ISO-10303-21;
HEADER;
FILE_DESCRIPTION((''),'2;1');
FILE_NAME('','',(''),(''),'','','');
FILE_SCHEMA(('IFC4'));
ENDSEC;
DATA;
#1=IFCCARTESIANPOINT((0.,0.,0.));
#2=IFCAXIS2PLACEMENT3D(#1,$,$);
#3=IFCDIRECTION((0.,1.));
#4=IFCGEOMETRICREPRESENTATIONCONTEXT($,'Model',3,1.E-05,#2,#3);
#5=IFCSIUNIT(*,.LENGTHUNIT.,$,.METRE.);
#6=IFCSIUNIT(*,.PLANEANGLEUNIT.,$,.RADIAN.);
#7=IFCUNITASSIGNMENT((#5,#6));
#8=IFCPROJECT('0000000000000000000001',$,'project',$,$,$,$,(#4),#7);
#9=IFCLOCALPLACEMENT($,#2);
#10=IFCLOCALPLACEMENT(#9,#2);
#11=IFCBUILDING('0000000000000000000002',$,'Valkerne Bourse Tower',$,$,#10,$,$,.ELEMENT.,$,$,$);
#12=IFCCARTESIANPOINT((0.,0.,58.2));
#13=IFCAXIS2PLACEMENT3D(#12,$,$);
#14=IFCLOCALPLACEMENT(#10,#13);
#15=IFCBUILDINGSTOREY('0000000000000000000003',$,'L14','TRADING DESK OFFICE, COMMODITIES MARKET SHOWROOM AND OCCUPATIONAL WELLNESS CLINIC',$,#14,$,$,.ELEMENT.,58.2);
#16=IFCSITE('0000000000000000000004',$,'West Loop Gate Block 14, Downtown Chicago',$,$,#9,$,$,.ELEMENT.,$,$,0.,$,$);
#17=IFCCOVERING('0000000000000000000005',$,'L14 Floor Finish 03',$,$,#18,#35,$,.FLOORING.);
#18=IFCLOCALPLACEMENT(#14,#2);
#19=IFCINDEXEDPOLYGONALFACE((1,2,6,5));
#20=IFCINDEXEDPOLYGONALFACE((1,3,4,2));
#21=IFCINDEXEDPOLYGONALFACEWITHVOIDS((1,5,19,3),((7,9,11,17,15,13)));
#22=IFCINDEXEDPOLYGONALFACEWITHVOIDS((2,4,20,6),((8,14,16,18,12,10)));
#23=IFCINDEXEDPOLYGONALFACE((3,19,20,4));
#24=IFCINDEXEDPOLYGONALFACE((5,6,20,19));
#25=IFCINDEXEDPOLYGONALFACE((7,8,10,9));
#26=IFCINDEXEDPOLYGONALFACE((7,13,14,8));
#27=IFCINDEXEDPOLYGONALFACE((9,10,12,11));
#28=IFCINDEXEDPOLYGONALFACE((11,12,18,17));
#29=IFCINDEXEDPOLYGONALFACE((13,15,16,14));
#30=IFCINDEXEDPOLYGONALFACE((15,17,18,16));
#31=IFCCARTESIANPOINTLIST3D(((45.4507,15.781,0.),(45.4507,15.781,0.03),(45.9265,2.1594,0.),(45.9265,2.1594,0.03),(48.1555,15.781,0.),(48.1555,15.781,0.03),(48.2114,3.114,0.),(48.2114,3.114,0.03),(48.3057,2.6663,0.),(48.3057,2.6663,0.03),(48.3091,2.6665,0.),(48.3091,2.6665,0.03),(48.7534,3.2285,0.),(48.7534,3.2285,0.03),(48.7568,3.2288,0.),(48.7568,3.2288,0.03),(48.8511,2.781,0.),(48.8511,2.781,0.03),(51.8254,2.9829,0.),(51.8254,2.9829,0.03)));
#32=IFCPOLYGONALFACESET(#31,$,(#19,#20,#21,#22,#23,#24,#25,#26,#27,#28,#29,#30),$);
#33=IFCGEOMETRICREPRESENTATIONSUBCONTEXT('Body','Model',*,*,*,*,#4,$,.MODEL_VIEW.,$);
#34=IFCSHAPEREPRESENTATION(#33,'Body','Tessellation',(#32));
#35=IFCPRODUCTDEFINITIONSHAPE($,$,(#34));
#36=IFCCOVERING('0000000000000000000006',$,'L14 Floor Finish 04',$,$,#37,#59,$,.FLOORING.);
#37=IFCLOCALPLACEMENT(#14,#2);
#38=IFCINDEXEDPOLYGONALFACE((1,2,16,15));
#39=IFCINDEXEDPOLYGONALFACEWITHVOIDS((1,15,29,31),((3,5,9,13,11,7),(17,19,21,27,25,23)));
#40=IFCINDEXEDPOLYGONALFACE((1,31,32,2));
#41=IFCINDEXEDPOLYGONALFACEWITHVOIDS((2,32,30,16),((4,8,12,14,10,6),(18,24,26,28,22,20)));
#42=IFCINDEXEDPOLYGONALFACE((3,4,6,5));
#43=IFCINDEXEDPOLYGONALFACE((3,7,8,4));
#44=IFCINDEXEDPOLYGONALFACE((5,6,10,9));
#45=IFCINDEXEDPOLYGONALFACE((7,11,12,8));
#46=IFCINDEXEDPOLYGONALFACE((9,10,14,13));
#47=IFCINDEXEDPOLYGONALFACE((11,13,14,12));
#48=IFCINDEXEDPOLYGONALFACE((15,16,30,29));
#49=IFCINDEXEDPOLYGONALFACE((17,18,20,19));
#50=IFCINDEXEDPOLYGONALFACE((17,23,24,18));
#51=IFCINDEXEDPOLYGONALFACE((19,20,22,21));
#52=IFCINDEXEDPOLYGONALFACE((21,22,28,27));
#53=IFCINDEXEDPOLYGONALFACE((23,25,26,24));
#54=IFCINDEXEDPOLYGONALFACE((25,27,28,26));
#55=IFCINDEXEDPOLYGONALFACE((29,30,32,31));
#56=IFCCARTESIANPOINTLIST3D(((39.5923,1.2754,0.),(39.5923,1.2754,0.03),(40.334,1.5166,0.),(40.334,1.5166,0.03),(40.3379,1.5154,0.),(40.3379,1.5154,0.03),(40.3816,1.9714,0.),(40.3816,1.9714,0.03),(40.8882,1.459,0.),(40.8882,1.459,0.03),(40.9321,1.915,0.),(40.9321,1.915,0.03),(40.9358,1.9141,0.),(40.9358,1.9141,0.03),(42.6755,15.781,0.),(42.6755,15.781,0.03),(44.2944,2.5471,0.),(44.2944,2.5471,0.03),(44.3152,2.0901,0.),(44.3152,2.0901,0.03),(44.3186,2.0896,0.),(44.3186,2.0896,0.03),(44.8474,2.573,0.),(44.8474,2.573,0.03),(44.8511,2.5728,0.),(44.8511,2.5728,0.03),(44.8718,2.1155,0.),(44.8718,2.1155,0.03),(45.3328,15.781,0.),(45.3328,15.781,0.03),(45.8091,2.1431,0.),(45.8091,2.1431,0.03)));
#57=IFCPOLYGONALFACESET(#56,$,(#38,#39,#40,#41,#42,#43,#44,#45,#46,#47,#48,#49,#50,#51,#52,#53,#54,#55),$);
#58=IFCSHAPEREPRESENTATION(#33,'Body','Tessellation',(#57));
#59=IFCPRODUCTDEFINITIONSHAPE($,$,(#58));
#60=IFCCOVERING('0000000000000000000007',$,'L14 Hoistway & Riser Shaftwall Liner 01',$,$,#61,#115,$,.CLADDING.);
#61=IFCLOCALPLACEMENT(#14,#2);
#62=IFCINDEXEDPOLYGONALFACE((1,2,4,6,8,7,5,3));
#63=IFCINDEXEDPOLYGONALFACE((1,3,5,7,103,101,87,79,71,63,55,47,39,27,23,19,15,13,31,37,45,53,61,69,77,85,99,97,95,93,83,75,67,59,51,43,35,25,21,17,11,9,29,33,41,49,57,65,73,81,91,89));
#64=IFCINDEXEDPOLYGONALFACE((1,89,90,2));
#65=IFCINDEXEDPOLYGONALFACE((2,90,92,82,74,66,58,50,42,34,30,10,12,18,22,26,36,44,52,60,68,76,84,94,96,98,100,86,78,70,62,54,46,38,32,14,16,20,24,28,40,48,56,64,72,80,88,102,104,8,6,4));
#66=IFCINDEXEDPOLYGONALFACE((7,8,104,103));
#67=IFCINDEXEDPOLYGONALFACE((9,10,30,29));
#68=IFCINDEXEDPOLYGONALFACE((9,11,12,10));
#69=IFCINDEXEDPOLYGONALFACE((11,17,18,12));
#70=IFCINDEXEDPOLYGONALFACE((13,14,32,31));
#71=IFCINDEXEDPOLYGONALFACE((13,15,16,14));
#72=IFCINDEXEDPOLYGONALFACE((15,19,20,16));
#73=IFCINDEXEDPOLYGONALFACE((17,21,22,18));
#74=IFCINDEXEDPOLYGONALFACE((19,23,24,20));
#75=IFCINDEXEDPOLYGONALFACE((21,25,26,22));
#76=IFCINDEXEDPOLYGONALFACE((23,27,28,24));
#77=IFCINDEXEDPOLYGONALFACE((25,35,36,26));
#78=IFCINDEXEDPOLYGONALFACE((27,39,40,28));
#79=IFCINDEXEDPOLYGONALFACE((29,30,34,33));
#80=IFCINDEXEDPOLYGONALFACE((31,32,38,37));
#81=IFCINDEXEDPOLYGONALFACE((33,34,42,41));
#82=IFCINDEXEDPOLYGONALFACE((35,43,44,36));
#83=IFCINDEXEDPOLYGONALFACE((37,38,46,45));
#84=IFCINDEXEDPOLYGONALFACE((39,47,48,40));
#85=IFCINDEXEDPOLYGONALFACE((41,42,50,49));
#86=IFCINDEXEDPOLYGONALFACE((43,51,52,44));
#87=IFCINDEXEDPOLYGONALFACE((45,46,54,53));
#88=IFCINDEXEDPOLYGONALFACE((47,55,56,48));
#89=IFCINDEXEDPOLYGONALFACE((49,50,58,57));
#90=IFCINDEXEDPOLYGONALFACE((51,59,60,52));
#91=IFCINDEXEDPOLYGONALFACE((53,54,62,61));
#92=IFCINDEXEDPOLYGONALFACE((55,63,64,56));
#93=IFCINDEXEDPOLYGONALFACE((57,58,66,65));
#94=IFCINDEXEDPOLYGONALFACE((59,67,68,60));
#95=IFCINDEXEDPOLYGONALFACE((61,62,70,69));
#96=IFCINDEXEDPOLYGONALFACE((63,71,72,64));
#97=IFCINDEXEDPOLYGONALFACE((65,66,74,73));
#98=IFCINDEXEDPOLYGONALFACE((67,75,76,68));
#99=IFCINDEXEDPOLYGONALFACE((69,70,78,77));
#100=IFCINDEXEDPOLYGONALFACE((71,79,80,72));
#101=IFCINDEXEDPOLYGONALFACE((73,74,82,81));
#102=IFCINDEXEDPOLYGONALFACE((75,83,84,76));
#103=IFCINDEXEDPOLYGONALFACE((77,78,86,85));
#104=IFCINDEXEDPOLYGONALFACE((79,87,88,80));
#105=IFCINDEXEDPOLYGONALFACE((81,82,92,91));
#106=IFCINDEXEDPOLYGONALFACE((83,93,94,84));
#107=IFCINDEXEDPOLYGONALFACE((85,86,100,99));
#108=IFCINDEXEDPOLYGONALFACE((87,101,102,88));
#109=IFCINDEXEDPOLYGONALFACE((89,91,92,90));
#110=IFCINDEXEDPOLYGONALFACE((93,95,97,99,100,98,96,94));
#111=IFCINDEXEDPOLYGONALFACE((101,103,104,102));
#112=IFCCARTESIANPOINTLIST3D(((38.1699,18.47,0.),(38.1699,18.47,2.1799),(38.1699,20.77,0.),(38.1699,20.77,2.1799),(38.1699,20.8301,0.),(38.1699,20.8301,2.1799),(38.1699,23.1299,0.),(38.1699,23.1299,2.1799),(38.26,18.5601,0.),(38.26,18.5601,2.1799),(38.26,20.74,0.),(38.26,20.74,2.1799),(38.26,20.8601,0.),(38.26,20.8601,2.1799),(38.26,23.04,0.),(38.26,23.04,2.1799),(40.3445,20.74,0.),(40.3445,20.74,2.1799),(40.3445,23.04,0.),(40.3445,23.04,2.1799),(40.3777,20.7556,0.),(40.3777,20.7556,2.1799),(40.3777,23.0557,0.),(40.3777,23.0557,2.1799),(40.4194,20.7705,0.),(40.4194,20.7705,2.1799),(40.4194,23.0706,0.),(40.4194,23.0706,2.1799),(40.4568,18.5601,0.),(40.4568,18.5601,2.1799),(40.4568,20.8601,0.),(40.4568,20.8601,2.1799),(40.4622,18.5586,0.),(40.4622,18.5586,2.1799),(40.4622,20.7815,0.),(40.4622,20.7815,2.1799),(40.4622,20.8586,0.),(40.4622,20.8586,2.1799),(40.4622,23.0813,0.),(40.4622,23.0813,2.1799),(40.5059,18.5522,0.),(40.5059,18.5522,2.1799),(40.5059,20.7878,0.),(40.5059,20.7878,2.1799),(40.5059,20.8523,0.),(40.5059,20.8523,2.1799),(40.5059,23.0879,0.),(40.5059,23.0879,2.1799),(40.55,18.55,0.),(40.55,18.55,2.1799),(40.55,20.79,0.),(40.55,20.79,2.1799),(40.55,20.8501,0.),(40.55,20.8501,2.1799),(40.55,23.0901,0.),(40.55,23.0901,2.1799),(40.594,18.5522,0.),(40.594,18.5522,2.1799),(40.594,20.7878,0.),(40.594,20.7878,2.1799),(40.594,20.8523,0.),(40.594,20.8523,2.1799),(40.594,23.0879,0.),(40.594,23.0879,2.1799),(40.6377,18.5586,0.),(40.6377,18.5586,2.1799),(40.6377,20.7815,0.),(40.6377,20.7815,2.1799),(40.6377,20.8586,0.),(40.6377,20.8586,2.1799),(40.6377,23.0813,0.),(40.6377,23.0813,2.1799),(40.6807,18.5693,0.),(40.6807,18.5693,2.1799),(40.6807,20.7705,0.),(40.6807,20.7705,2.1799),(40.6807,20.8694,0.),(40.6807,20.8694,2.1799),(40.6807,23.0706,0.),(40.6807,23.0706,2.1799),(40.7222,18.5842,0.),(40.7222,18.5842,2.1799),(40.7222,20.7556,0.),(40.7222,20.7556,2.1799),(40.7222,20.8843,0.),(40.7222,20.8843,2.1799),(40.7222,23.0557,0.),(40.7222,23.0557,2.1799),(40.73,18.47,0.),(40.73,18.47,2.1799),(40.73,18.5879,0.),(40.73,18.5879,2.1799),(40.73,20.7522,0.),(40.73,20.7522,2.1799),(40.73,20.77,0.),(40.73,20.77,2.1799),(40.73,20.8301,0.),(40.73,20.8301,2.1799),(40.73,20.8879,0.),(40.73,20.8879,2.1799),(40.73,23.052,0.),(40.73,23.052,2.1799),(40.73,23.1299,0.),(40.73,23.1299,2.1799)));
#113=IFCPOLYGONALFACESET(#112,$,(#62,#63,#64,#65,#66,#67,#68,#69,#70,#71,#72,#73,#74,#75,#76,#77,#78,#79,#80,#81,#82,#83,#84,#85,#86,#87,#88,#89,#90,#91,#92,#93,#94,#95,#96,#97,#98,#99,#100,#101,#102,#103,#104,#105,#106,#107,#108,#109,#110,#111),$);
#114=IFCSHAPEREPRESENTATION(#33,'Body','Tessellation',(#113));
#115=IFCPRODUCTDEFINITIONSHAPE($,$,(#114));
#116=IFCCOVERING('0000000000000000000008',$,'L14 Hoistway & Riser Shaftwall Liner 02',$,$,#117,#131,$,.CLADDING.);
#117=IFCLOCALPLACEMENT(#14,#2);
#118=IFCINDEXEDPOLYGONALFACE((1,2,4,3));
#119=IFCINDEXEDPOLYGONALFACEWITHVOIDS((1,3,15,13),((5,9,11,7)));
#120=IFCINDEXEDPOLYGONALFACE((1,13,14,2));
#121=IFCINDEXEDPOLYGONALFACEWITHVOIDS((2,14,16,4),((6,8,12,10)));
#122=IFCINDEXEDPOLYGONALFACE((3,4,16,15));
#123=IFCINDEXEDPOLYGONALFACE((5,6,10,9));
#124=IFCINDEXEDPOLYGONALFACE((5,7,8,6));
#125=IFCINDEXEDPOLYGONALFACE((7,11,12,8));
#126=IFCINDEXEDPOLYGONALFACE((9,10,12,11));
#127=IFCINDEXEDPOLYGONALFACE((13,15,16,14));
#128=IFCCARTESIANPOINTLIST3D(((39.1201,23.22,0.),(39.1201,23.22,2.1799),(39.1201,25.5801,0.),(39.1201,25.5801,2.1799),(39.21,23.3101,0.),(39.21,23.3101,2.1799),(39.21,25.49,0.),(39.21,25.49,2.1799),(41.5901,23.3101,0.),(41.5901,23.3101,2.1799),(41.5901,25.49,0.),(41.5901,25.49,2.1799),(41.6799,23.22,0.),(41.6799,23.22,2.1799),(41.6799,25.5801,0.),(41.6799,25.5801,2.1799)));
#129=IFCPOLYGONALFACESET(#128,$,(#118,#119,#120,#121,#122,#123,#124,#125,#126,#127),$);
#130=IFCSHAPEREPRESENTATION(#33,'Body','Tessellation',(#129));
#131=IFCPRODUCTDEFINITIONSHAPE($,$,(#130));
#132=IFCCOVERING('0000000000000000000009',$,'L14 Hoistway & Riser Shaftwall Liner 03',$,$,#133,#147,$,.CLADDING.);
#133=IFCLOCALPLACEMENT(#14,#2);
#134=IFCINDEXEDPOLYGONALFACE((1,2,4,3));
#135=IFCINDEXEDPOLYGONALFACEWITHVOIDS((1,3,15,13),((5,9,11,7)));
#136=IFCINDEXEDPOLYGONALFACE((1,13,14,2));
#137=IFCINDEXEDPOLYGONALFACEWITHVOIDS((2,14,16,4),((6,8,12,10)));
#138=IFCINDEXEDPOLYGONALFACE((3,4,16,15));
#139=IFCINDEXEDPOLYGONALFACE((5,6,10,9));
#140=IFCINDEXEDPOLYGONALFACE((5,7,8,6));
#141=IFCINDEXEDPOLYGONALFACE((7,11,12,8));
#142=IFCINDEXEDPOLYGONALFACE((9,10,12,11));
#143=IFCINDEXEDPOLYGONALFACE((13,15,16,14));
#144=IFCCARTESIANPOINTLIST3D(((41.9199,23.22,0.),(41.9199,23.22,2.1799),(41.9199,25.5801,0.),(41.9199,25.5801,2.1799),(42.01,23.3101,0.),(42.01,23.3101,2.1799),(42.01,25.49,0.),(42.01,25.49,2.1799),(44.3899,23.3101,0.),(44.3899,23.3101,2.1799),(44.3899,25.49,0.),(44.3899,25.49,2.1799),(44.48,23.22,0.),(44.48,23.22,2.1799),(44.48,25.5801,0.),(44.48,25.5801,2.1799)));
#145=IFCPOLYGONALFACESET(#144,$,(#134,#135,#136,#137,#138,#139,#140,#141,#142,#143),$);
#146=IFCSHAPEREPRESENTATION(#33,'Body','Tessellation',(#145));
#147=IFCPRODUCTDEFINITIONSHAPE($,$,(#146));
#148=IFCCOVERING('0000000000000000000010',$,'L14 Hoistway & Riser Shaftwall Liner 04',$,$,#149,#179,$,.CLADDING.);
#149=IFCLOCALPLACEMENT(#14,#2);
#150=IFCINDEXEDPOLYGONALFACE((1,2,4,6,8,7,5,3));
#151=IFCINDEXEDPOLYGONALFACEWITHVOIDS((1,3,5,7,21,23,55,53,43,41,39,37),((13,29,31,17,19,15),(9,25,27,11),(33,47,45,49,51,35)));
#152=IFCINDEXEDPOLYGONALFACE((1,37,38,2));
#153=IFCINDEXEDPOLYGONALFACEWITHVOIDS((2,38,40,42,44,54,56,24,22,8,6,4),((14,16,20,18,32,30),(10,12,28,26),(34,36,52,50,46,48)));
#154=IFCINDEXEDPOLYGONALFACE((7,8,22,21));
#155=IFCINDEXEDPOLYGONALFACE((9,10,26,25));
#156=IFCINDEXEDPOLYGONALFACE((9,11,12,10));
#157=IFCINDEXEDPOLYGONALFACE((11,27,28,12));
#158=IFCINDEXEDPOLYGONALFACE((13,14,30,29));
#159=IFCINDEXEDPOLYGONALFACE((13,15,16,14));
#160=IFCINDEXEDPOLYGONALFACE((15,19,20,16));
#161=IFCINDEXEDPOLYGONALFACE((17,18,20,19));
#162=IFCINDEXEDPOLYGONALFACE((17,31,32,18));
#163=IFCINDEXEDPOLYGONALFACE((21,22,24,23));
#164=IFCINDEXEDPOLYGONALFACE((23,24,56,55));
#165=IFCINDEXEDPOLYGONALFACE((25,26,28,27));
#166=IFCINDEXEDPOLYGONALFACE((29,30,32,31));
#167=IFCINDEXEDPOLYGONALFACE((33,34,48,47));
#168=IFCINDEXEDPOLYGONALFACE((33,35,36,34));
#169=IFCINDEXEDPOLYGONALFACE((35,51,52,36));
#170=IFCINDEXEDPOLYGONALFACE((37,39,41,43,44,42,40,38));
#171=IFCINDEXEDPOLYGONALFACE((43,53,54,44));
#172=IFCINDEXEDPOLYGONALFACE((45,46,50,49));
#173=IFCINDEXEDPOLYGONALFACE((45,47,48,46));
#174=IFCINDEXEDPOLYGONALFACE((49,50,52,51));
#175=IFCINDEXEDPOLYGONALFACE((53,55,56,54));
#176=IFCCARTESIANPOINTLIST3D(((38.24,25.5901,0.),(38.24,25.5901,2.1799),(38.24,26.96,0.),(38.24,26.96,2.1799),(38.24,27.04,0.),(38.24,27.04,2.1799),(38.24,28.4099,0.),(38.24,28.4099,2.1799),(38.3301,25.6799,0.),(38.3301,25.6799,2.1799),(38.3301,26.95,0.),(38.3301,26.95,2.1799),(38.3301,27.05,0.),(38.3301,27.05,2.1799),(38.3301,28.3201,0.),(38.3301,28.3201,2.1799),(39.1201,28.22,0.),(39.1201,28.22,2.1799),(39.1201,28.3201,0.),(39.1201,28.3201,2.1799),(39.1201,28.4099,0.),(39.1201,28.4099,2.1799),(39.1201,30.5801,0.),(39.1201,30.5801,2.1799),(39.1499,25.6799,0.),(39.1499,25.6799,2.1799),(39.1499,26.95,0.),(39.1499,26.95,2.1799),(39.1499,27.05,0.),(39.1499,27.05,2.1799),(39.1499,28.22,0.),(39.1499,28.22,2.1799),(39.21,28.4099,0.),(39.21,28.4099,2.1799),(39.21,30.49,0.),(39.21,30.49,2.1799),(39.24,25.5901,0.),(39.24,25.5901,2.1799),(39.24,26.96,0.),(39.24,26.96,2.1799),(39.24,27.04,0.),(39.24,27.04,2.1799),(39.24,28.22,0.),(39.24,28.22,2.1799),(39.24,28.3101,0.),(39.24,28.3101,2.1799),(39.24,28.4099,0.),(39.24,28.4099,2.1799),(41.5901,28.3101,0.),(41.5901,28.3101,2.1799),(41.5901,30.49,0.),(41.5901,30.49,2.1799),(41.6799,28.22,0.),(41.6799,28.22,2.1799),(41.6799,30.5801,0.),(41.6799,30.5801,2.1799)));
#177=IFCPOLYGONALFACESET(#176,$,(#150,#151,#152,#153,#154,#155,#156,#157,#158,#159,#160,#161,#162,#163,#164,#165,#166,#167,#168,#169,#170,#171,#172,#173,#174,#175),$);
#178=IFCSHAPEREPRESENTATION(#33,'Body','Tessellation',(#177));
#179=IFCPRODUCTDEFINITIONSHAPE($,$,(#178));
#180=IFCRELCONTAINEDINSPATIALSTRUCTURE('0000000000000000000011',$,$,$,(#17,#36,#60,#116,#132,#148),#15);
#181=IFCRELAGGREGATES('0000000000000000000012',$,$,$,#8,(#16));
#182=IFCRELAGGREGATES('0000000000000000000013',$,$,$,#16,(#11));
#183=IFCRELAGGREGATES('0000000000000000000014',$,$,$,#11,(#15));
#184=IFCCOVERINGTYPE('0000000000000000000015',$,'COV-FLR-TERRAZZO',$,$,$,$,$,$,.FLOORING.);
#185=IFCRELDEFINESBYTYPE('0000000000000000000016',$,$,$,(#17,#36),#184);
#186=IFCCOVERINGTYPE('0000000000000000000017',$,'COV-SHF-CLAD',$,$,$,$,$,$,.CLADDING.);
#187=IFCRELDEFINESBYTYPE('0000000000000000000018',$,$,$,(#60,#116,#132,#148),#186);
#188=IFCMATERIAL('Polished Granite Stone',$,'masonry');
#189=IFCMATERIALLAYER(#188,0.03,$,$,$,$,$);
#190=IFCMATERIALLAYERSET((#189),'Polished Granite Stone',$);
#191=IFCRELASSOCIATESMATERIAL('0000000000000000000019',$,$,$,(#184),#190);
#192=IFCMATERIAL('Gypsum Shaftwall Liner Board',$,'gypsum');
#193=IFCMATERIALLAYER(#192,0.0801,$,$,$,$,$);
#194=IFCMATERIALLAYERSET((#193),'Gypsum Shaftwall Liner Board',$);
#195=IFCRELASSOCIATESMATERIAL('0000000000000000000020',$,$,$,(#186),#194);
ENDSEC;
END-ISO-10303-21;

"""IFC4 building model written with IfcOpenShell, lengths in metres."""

from ifc_helpers import new_model, si_unit, direction, frame, origin, place, context, subcontext, project, spatial, polyline, outline, extrude, material, layer, layer_set, type_object, element, save


model = new_model("IFC4")

# Units and contexts
model_context = context("Model", 3, precision=1e-05, world=origin(), true_north=direction((0.0, 1.0)))
body_context = subcontext(model_context, "Body", "Model", "MODEL_VIEW")
ifc_project = project(units=[si_unit("LENGTHUNIT", "METRE"), si_unit("PLANEANGLEUNIT", "RADIAN")], contexts=[model_context])

# Site, building, storey
site_placement = place(None, origin())
site = spatial("IfcSite", under=ifc_project, at=site_placement, Name="West Loop Gate Block 14, Downtown Chicago", CompositionType="ELEMENT", RefElevation=0.0)
building_placement = place(site_placement, origin())
building = spatial("IfcBuilding", under=site, at=building_placement, Name="Valkerne Bourse Tower", CompositionType="ELEMENT")
storey_placement = place(building_placement, frame((0.0, 0.0, 58.2)))
storey = spatial("IfcBuildingStorey", under=building, at=storey_placement, Name="L14", Description="TRADING DESK OFFICE, COMMODITIES MARKET SHOWROOM AND OCCUPATIONAL WELLNESS CLINIC", CompositionType="ELEMENT", Elevation=58.2)

# Coverings
ifc_material_1 = material(Name="Polished Granite Stone", Category="masonry")
ifc_layer_1 = layer(ifc_material_1, 0.03)
ifc_layer_set_1 = layer_set([ifc_layer_1], Name="Polished Granite Stone")
covering_type_1 = type_object("IfcCoveringType", Name="COV-FLR-TERRAZZO", PredefinedType="FLOORING", material=ifc_layer_set_1)
covering_1_placement = place(storey_placement, origin())
element("IfcCovering", 1, at=covering_1_placement, inside=storey, type_object=covering_type_1, Name="L14 Floor Finish 03", PredefinedType="FLOORING", context=body_context, shape_type="SweptSolid", body=[
    extrude(outline(polyline([(48.1555, 15.781), (51.8254, 2.9829), (45.9265, 2.1594), (45.4507, 15.781), (48.1555, 15.781)]), holes=[polyline([(48.3091, 2.6665), (48.8511, 2.781), (48.7568, 3.2288), (48.7534, 3.2285), (48.2114, 3.114), (48.3057, 2.6663), (48.3091, 2.6665)])]), origin(), (0.0, 0.0, 1.0), 0.03),
])
covering_2_placement = place(storey_placement, origin())
element("IfcCovering", 2, at=covering_2_placement, inside=storey, type_object=covering_type_1, Name="L14 Floor Finish 04", PredefinedType="FLOORING", context=body_context, shape_type="SweptSolid", body=[
    extrude(outline(polyline([(45.3328, 15.781), (45.8091, 2.1431), (39.5923, 1.2754), (42.6755, 15.781), (45.3328, 15.781)]), holes=[polyline([(40.9358, 1.9141), (40.9321, 1.915), (40.3816, 1.9714), (40.334, 1.5166), (40.3379, 1.5154), (40.8882, 1.459), (40.9358, 1.9141)]), polyline([(44.8511, 2.5728), (44.8474, 2.573), (44.2944, 2.5471), (44.3152, 2.0901), (44.3186, 2.0896), (44.8718, 2.1155), (44.8511, 2.5728)])]), origin(), (0.0, 0.0, 1.0), 0.03),
])
ifc_material_2 = material(Name="Gypsum Shaftwall Liner Board", Category="gypsum")
ifc_layer_2 = layer(ifc_material_2, 0.0801)
ifc_layer_set_2 = layer_set([ifc_layer_2], Name="Gypsum Shaftwall Liner Board")
covering_type_2 = type_object("IfcCoveringType", Name="COV-SHF-CLAD", PredefinedType="CLADDING", material=ifc_layer_set_2)
covering_3_placement = place(storey_placement, origin())
element("IfcCovering", 3, at=covering_3_placement, inside=storey, type_object=covering_type_2, Name="L14 Hoistway & Riser Shaftwall Liner 01", PredefinedType="CLADDING", context=body_context, shape_type="SweptSolid", body=[
    extrude(outline(polyline([(38.1699, 23.1299), (40.73, 23.1299), (40.73, 23.052), (40.7222, 23.0557), (40.6807, 23.0706), (40.6377, 23.0813), (40.594, 23.0879), (40.55, 23.0901), (40.5059, 23.0879), (40.4622, 23.0813), (40.4194, 23.0706), (40.3777, 23.0557), (40.3445, 23.04), (38.26, 23.04), (38.26, 20.8601), (40.4568, 20.8601), (40.4622, 20.8586), (40.5059, 20.8523), (40.55, 20.8501), (40.594, 20.8523), (40.6377, 20.8586), (40.6807, 20.8694), (40.7222, 20.8843), (40.73, 20.8879), (40.73, 20.8301), (40.73, 20.77), (40.73, 20.7522), (40.7222, 20.7556), (40.6807, 20.7705), (40.6377, 20.7815), (40.594, 20.7878), (40.55, 20.79), (40.5059, 20.7878), (40.4622, 20.7815), (40.4194, 20.7705), (40.3777, 20.7556), (40.3445, 20.74), (38.26, 20.74), (38.26, 18.5601), (40.4568, 18.5601), (40.4622, 18.5586), (40.5059, 18.5522), (40.55, 18.55), (40.594, 18.5522), (40.6377, 18.5586), (40.6807, 18.5693), (40.7222, 18.5842), (40.73, 18.5879), (40.73, 18.47), (38.1699, 18.47), (38.1699, 20.77), (38.1699, 20.8301), (38.1699, 23.1299)])), origin(), (0.0, 0.0, 1.0), 2.1799),
])
covering_4_placement = place(storey_placement, origin())
element("IfcCovering", 4, at=covering_4_placement, inside=storey, type_object=covering_type_2, Name="L14 Hoistway & Riser Shaftwall Liner 02", PredefinedType="CLADDING", context=body_context, shape_type="SweptSolid", body=[
    extrude(outline(polyline([(41.6799, 23.22), (39.1201, 23.22), (39.1201, 25.5801), (41.6799, 25.5801), (41.6799, 23.22)]), holes=[polyline([(39.21, 25.49), (39.21, 23.3101), (41.5901, 23.3101), (41.5901, 25.49), (39.21, 25.49)])]), origin(), (0.0, 0.0, 1.0), 2.1799),
])
covering_5_placement = place(storey_placement, origin())
element("IfcCovering", 5, at=covering_5_placement, inside=storey, type_object=covering_type_2, Name="L14 Hoistway & Riser Shaftwall Liner 03", PredefinedType="CLADDING", context=body_context, shape_type="SweptSolid", body=[
    extrude(outline(polyline([(44.48, 23.22), (41.9199, 23.22), (41.9199, 25.5801), (44.48, 25.5801), (44.48, 23.22)]), holes=[polyline([(42.01, 25.49), (42.01, 23.3101), (44.3899, 23.3101), (44.3899, 25.49), (42.01, 25.49)])]), origin(), (0.0, 0.0, 1.0), 2.1799),
])
covering_6_placement = place(storey_placement, origin())
element("IfcCovering", 6, at=covering_6_placement, inside=storey, type_object=covering_type_2, Name="L14 Hoistway & Riser Shaftwall Liner 04", PredefinedType="CLADDING", context=body_context, shape_type="SweptSolid", body=[
    extrude(outline(polyline([(38.24, 28.4099), (39.1201, 28.4099), (39.1201, 30.5801), (41.6799, 30.5801), (41.6799, 28.22), (39.24, 28.22), (39.24, 27.04), (39.24, 26.96), (39.24, 25.5901), (38.24, 25.5901), (38.24, 26.96), (38.24, 27.04), (38.24, 28.4099)]), holes=[polyline([(39.21, 30.49), (39.21, 28.4099), (39.24, 28.4099), (39.24, 28.3101), (41.5901, 28.3101), (41.5901, 30.49), (39.21, 30.49)]), polyline([(38.3301, 26.95), (38.3301, 25.6799), (39.1499, 25.6799), (39.1499, 26.95), (38.3301, 26.95)]), polyline([(39.1201, 28.22), (39.1201, 28.3201), (38.3301, 28.3201), (38.3301, 27.05), (39.1499, 27.05), (39.1499, 28.22), (39.1201, 28.22)])]), origin(), (0.0, 0.0, 1.0), 2.1799),
])

save(model, "model.ifc")
